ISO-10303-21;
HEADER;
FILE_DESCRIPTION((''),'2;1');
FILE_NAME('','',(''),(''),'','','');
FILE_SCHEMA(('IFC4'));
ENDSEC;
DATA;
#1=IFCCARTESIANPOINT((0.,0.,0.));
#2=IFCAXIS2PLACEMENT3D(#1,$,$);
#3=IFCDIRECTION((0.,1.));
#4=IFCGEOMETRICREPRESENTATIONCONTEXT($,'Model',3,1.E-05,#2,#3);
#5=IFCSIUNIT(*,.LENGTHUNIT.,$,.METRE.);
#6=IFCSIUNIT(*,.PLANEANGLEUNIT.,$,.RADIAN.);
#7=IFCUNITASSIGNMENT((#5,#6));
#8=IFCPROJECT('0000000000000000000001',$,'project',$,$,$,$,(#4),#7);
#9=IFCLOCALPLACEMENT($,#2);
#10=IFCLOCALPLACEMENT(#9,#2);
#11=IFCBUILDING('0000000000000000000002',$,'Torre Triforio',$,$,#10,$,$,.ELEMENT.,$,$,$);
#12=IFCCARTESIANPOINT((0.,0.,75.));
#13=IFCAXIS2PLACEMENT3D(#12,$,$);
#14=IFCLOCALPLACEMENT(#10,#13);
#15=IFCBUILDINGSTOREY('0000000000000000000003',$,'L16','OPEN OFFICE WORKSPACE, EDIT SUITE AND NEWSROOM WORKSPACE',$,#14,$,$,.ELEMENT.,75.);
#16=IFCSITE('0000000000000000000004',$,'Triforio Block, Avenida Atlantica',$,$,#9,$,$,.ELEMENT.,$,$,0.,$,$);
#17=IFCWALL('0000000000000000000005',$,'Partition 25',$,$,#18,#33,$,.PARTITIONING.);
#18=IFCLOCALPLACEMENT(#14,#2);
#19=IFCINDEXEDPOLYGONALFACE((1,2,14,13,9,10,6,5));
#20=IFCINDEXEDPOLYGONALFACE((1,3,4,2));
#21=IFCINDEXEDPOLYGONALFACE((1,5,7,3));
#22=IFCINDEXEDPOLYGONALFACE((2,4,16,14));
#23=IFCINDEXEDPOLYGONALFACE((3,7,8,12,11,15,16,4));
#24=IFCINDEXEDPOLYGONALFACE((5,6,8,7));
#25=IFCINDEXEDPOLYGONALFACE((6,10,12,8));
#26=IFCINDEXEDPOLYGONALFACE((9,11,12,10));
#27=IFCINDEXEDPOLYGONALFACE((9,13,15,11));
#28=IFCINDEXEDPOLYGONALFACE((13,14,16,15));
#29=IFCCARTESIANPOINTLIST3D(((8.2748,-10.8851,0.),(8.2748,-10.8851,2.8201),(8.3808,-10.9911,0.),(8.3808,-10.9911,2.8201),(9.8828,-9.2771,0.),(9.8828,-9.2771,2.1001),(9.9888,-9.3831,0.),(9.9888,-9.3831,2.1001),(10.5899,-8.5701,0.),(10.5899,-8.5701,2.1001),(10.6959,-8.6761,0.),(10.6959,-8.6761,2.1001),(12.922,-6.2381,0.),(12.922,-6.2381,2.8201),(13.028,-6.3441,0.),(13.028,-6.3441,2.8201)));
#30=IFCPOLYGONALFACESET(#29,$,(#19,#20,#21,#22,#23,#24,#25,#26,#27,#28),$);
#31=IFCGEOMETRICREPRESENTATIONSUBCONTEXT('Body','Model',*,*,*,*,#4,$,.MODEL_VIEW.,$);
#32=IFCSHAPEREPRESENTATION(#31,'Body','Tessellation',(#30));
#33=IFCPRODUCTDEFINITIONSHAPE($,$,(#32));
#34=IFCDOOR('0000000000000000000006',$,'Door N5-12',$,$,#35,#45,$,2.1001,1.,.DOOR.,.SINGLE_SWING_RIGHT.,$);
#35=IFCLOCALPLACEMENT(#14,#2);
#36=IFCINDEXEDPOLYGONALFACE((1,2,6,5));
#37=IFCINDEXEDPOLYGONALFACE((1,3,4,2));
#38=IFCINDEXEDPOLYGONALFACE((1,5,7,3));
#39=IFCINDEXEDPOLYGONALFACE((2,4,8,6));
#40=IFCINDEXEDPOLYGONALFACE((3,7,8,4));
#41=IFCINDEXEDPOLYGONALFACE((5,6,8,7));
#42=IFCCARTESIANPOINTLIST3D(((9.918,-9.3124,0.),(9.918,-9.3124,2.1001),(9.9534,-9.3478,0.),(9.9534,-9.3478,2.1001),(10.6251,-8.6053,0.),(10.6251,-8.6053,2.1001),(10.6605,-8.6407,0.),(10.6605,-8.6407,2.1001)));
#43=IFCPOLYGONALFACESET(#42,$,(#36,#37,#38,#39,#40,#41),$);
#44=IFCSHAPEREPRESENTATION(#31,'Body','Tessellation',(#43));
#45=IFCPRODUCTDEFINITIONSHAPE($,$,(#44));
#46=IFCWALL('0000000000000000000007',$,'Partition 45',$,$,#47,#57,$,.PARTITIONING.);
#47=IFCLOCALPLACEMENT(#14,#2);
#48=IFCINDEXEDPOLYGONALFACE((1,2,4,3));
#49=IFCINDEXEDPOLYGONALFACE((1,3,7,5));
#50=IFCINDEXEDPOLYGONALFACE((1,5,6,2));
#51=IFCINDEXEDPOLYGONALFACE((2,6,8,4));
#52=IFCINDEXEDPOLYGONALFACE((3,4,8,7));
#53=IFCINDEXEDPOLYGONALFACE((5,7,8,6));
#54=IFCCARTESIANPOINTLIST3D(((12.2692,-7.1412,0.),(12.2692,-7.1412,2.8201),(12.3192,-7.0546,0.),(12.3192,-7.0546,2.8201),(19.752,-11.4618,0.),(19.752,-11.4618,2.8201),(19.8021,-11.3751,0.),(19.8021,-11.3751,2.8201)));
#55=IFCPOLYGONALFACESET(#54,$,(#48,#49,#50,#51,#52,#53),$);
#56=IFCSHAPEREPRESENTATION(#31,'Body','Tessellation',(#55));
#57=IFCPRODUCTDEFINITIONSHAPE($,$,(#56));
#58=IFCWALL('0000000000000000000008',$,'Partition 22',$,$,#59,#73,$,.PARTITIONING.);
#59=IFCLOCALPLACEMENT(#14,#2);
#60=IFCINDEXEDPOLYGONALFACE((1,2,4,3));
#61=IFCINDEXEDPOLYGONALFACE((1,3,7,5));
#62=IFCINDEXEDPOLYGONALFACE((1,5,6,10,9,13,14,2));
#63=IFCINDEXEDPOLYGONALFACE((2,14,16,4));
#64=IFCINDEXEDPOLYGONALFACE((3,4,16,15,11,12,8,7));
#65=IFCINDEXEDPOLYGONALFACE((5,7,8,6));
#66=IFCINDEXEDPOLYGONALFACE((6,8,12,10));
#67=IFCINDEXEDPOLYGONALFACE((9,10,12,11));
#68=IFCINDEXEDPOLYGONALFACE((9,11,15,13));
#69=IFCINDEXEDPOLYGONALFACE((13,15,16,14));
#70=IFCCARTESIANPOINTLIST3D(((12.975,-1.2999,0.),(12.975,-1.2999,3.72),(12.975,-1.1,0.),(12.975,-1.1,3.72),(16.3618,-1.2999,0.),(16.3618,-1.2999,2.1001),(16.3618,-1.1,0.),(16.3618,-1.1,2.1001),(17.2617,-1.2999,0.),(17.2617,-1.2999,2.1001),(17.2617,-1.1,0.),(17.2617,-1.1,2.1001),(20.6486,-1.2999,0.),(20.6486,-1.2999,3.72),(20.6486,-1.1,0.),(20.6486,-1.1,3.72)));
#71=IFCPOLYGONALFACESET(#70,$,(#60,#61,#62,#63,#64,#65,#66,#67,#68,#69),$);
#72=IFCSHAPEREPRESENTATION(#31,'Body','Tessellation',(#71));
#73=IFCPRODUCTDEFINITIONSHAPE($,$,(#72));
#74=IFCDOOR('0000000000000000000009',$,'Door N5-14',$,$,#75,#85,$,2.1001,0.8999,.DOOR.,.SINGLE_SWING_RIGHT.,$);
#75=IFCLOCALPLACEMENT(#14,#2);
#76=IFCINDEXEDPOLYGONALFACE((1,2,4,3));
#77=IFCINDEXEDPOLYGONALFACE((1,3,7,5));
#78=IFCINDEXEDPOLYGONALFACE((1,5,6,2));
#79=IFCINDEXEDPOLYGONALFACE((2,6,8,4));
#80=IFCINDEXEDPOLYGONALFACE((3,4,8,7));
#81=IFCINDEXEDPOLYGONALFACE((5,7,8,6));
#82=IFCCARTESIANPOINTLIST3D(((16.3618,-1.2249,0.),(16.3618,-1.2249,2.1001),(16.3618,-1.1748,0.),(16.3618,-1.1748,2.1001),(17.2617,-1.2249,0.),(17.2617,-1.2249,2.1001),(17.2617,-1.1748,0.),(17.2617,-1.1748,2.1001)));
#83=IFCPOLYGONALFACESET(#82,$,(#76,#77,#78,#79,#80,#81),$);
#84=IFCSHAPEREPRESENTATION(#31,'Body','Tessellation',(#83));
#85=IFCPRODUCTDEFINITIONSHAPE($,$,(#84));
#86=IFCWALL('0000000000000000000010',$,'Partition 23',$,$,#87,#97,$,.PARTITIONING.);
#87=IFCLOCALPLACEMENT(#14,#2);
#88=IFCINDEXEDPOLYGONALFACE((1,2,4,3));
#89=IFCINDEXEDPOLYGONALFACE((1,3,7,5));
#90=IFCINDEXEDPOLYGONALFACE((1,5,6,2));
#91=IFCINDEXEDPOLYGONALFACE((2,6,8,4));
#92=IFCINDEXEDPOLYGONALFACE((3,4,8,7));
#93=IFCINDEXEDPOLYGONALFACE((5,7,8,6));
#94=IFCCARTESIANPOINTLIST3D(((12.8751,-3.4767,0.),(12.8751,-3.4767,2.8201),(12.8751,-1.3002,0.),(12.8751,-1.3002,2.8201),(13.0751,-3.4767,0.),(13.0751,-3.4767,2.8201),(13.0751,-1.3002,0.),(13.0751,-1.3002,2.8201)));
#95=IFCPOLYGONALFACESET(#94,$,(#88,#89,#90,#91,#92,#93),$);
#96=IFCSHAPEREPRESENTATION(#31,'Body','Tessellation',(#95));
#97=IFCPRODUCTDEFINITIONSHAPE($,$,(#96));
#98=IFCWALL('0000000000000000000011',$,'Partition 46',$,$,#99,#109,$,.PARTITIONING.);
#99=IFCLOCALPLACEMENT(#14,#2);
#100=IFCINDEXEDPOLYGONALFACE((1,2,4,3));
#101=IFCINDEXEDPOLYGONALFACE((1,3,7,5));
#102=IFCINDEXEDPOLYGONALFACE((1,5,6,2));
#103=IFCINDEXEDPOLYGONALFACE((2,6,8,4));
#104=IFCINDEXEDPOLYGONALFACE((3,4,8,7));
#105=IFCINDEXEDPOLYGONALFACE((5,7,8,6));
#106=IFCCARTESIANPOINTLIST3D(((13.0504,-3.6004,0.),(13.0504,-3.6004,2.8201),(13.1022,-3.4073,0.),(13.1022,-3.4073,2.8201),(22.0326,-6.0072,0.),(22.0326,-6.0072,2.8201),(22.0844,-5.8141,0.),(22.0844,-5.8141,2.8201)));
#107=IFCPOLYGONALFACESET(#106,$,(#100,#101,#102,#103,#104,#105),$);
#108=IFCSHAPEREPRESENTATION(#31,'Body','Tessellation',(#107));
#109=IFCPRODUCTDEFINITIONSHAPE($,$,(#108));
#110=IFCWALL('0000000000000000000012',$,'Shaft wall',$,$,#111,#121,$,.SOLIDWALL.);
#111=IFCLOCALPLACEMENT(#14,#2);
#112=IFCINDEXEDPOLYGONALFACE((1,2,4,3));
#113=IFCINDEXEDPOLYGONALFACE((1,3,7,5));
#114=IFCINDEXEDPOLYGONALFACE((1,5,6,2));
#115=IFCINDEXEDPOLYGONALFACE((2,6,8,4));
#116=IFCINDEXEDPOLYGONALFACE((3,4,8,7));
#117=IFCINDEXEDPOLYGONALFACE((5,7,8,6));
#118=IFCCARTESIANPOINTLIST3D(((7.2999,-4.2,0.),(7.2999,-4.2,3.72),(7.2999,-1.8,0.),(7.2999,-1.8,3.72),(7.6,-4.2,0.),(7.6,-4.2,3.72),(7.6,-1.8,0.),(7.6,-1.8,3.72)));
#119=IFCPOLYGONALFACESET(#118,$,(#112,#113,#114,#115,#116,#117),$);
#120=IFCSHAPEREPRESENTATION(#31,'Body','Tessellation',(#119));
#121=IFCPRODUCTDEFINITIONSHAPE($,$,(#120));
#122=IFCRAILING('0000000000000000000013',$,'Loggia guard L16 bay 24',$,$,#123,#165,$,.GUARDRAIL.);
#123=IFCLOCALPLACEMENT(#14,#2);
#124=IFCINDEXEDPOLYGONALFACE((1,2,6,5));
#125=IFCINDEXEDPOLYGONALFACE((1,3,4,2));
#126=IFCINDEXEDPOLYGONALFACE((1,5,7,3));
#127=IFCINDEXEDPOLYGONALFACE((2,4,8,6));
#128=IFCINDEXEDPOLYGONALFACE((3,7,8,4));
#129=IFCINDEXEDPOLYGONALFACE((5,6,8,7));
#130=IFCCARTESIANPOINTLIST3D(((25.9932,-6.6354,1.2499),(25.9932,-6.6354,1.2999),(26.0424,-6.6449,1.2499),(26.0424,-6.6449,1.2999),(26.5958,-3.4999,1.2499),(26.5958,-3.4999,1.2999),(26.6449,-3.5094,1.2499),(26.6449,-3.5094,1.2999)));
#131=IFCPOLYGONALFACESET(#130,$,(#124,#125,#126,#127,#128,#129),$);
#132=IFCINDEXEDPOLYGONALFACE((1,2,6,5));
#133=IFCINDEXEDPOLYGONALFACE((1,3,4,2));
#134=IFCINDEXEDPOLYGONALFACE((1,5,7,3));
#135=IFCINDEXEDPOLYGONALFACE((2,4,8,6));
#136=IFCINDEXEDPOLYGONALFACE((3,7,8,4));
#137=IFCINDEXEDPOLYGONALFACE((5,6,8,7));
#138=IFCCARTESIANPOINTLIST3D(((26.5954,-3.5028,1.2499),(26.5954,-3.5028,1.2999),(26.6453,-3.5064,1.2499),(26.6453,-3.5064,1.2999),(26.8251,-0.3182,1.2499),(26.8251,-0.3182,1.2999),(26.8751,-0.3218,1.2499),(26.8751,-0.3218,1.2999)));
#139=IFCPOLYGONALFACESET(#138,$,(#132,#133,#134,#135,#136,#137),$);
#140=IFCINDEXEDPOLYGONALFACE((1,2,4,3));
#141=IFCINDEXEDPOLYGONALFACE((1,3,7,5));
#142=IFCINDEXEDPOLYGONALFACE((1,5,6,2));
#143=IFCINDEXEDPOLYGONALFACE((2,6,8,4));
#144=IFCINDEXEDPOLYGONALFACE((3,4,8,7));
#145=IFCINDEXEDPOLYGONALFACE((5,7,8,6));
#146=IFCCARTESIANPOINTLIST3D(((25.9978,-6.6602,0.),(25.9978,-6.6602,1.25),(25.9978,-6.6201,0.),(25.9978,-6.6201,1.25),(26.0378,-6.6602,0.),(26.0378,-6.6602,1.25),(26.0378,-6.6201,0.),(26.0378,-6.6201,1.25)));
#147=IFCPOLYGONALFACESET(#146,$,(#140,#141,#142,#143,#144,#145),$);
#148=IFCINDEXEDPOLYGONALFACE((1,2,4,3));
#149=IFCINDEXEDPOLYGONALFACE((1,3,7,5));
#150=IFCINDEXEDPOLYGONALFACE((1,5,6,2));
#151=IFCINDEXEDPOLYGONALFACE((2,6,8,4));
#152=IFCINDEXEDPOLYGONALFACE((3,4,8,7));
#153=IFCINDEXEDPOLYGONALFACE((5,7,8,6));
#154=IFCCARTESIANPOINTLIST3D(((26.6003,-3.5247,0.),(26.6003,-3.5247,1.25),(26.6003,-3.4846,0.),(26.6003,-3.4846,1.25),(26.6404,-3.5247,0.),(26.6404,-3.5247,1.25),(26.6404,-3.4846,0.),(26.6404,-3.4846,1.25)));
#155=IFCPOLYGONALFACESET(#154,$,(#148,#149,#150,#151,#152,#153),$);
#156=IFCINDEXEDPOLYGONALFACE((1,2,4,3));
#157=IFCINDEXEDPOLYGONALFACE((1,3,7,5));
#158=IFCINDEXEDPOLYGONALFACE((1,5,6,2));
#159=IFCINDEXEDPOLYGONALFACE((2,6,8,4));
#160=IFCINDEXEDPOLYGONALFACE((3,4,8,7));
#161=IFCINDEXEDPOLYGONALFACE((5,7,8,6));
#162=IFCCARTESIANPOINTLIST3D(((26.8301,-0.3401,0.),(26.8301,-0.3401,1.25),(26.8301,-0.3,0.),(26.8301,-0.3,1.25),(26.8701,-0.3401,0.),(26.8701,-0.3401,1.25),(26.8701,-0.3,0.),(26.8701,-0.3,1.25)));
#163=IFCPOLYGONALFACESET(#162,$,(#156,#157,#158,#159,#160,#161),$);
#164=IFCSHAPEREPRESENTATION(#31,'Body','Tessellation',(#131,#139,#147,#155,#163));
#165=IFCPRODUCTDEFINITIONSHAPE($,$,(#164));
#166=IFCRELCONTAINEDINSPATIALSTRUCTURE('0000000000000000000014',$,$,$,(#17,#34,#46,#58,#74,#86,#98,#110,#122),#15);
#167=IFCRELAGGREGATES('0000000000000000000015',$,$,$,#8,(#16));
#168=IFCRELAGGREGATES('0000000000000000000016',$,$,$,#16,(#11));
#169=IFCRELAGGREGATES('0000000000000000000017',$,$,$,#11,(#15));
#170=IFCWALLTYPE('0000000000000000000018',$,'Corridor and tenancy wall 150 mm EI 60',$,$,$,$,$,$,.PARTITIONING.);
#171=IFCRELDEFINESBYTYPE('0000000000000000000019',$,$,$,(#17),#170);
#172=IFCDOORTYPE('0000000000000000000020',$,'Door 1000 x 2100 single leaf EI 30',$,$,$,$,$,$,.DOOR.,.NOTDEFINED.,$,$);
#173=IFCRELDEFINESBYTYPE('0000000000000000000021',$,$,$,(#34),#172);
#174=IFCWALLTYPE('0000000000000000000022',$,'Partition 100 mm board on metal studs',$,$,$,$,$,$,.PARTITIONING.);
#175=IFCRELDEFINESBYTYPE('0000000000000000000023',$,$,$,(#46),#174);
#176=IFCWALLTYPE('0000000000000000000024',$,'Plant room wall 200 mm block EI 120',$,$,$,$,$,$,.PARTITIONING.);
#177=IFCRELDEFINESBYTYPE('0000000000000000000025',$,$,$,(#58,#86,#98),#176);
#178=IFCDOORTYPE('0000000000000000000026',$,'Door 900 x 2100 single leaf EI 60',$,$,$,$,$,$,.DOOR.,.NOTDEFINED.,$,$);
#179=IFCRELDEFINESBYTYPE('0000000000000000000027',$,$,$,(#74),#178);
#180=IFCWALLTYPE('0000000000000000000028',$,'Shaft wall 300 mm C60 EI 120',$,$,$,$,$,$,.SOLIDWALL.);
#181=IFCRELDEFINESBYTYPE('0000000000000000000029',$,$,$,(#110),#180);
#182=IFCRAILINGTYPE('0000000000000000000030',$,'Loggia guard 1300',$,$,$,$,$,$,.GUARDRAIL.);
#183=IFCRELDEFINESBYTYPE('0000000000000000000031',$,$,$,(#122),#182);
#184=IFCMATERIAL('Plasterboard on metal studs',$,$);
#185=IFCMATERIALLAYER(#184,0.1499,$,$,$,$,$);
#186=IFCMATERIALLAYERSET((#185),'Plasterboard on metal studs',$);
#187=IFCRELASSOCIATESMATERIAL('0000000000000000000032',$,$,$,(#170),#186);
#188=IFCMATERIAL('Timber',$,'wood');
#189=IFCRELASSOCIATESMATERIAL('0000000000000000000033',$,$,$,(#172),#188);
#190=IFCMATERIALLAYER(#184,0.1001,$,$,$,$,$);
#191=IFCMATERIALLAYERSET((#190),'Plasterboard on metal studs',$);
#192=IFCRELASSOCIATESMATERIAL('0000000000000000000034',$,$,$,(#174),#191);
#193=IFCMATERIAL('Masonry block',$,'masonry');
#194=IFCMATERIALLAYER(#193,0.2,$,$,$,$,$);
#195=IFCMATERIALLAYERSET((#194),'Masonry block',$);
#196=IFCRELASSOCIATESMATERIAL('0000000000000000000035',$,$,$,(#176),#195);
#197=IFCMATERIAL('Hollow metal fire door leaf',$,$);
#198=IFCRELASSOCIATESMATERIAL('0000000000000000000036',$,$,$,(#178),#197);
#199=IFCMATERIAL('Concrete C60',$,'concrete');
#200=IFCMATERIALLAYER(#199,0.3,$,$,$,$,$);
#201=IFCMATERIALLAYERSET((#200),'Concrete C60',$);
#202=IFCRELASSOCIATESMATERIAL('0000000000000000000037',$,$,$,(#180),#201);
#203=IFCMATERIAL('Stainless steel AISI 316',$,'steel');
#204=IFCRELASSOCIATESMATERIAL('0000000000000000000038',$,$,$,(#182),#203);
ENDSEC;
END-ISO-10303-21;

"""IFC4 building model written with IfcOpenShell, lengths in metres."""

from ifc_helpers import new_model, si_unit, direction, frame, frame_2d, origin, origin_2d, place, context, subcontext, project, spatial, rectangle, extrude, material, layer, layer_set, type_object, element, fill, save


model = new_model("IFC4")

# Units and contexts
model_context = context("Model", 3, precision=1e-05, world=origin(), true_north=direction((0.0, 1.0)))
body_context = subcontext(model_context, "Body", "Model", "MODEL_VIEW")
ifc_project = project(units=[si_unit("LENGTHUNIT", "METRE"), si_unit("PLANEANGLEUNIT", "RADIAN")], contexts=[model_context])

# Site, building, storey
site_placement = place(None, origin())
site = spatial("IfcSite", under=ifc_project, at=site_placement, Name="Triforio Block, Avenida Atlantica", CompositionType="ELEMENT", RefElevation=0.0)
building_placement = place(site_placement, origin())
building = spatial("IfcBuilding", under=site, at=building_placement, Name="Torre Triforio", CompositionType="ELEMENT")
storey_placement = place(building_placement, frame((0.0, 0.0, 75.0)))
storey = spatial("IfcBuildingStorey", under=building, at=storey_placement, Name="L16", Description="OPEN OFFICE WORKSPACE, EDIT SUITE AND NEWSROOM WORKSPACE", CompositionType="ELEMENT", Elevation=75.0)

# Wall, opening, door
ifc_material_1 = material(Name="Concrete C60", Category="concrete")
ifc_material_2 = material(Name="Hollow metal fire door leaf")
ifc_material_3 = material(Name="Plasterboard on metal studs")
ifc_layer_1 = layer(ifc_material_3, 0.1499)
ifc_layer_set_1 = layer_set([ifc_layer_1], Name="Plasterboard on metal studs")
wall_type_1 = type_object("IfcWallType", Name="Corridor and tenancy wall 150 mm EI 60", PredefinedType="PARTITIONING", material=ifc_layer_set_1)
ifc_material_4 = material(Name="Timber", Category="wood")
wall_1_placement = place(storey_placement, frame((12.9751, -6.291, 0.0), z_axis=(0.0, 0.0, 1.0), x_axis=(-0.707125, -0.707088, 0.0)))
wall_1 = element("IfcWall", 1, at=wall_1_placement, inside=storey, type_object=wall_type_1, Name="Partition 25", PredefinedType="PARTITIONING", context=body_context, shape_type="SweptSolid", body=[
    extrude(rectangle(XDim=6.572, YDim=0.1499, at=frame_2d((3.2861, 0.0))), origin(), (0.0, 0.0, 1.0), 2.8201),
])
opening_1_placement = place(wall_1_placement, frame((3.2981, 0.0, 0.0)))
opening_1 = element("IfcOpeningElement", 2, at=opening_1_placement, cuts=wall_1, PredefinedType="OPENING", context=body_context, shape_type="SweptSolid", body=[
    extrude(rectangle(XDim=1.0, YDim=2.1001, at=frame_2d((0.5, 1.05))), frame((0.0, 0.085, 0.0), z_axis=(0.0, -1.0, 0.0), x_axis=(1.0, 0.0, 0.0)), (0.0, 0.0, 1.0), 0.1699),
])
door_type_1 = type_object("IfcDoorType", Name="Door 1000 x 2100 single leaf EI 30", OperationType="NOTDEFINED", PredefinedType="DOOR", material=ifc_material_4)
door_1_placement = place(opening_1_placement, origin())
door_1 = element("IfcDoor", 3, at=door_1_placement, inside=storey, type_object=door_type_1, Name="Door N5-12", OperationType="SINGLE_SWING_RIGHT", OverallHeight=2.1001, OverallWidth=1.0, PredefinedType="DOOR", context=body_context, shape_type="SweptSolid", body=[
    extrude(rectangle(XDim=1.0, YDim=2.1001, at=frame_2d((0.5, 1.05))), frame((0.0, 0.0249, 0.0), z_axis=(0.0, -1.0, 0.0), x_axis=(1.0, 0.0, 0.0)), (0.0, 0.0, 1.0), 0.05),
])
fill(opening_1, door_1)

# Wall
ifc_layer_2 = layer(ifc_material_3, 0.1001)
ifc_layer_set_2 = layer_set([ifc_layer_2], Name="Plasterboard on metal studs")
wall_type_2 = type_object("IfcWallType", Name="Partition 100 mm board on metal studs", PredefinedType="PARTITIONING", material=ifc_layer_set_2)
wall_2_placement = place(storey_placement, frame((12.2942, -7.0979, 0.0), z_axis=(0.0, 0.0, 1.0), x_axis=(0.866011, -0.500026, 0.0)))
element("IfcWall", 4, at=wall_2_placement, inside=storey, type_object=wall_type_2, Name="Partition 45", PredefinedType="PARTITIONING", context=body_context, shape_type="SweptSolid", body=[
    extrude(rectangle(XDim=8.6406, YDim=0.1001, at=frame_2d((4.3203, 0.0))), origin(), (0.0, 0.0, 1.0), 2.8201),
])

# Wall, opening, door
ifc_material_5 = material(Name="Masonry block", Category="masonry")
ifc_layer_3 = layer(ifc_material_5, 0.2)
ifc_layer_set_3 = layer_set([ifc_layer_3], Name="Masonry block")
wall_type_3 = type_object("IfcWallType", Name="Plant room wall 200 mm block EI 120", PredefinedType="PARTITIONING", material=ifc_layer_set_3)
wall_3_placement = place(storey_placement, frame((20.6487, -1.2, 0.0), z_axis=(0.0, 0.0, 1.0), x_axis=(-1.0, 0.0, 0.0)))
wall_3 = element("IfcWall", 5, at=wall_3_placement, inside=storey, type_object=wall_type_3, Name="Partition 22", PredefinedType="PARTITIONING", context=body_context, shape_type="SweptSolid", body=[
    extrude(rectangle(XDim=7.6736, YDim=0.2, at=frame_2d((3.8369, 0.0))), origin(), (0.0, 0.0, 1.0), 3.72),
])
opening_2_placement = place(wall_3_placement, frame((3.387, 0.0, 0.0)))
opening_2 = element("IfcOpeningElement", 6, at=opening_2_placement, cuts=wall_3, PredefinedType="OPENING", context=body_context, shape_type="SweptSolid", body=[
    extrude(rectangle(XDim=0.8999, YDim=2.1001, at=frame_2d((0.45, 1.05))), frame((0.0, 0.1099, 0.0), z_axis=(0.0, -1.0, 0.0), x_axis=(1.0, 0.0, 0.0)), (0.0, 0.0, 1.0), 0.22),
])
door_type_2 = type_object("IfcDoorType", Name="Door 900 x 2100 single leaf EI 60", OperationType="NOTDEFINED", PredefinedType="DOOR", material=ifc_material_2)
door_2_placement = place(opening_2_placement, origin())
door_2 = element("IfcDoor", 7, at=door_2_placement, inside=storey, type_object=door_type_2, Name="Door N5-14", OperationType="SINGLE_SWING_RIGHT", OverallHeight=2.1001, OverallWidth=0.8999, PredefinedType="DOOR", context=body_context, shape_type="SweptSolid", body=[
    extrude(rectangle(XDim=0.8999, YDim=2.1001, at=frame_2d((0.45, 1.05))), frame((0.0, 0.0249, 0.0), z_axis=(0.0, -1.0, 0.0), x_axis=(1.0, 0.0, 0.0)), (0.0, 0.0, 1.0), 0.05),
])
fill(opening_2, door_2)

# Walls
wall_4_placement = place(storey_placement, frame((12.9751, -1.3, 0.0), z_axis=(0.0, 0.0, 1.0), x_axis=(0.0, -1.0, 0.0)))
element("IfcWall", 8, at=wall_4_placement, inside=storey, type_object=wall_type_3, Name="Partition 23", PredefinedType="PARTITIONING", context=body_context, shape_type="SweptSolid", body=[
    extrude(rectangle(XDim=2.1765, YDim=0.2, at=frame_2d((1.0884, 0.0))), origin(), (0.0, 0.0, 1.0), 2.8201),
])
wall_5_placement = place(storey_placement, frame((13.0764, -3.5039, 0.0), z_axis=(0.0, 0.0, 1.0), x_axis=(0.965927, -0.258816, 0.0)))
element("IfcWall", 9, at=wall_5_placement, inside=storey, type_object=wall_type_3, Name="Partition 46", PredefinedType="PARTITIONING", context=body_context, shape_type="SweptSolid", body=[
    extrude(rectangle(XDim=9.2991, YDim=0.2, at=frame_2d((4.6494, 0.0))), origin(), (0.0, 0.0, 1.0), 2.8201),
])
ifc_layer_4 = layer(ifc_material_1, 0.3)
ifc_layer_set_4 = layer_set([ifc_layer_4], Name="Concrete C60")
wall_type_4 = type_object("IfcWallType", Name="Shaft wall 300 mm C60 EI 120", PredefinedType="SOLIDWALL", material=ifc_layer_set_4)
wall_6_placement = place(storey_placement, frame((7.45, -4.2, 0.0), z_axis=(0.0, 0.0, 1.0), x_axis=(0.0, 1.0, 0.0)))
element("IfcWall", 10, at=wall_6_placement, inside=storey, type_object=wall_type_4, Name="Shaft wall", PredefinedType="SOLIDWALL", context=body_context, shape_type="SweptSolid", body=[
    extrude(rectangle(XDim=2.3999, YDim=0.3, at=frame_2d((1.2, 0.0))), origin(), (0.0, 0.0, 1.0), 3.72),
])

# Railing
ifc_material_6 = material(Name="Stainless steel AISI 316", Category="steel")
railing_type = type_object("IfcRailingType", Name="Loggia guard 1300", PredefinedType="GUARDRAIL", material=ifc_material_6)
railing_placement = place(storey_placement, frame((26.0178, -6.6401, 0.0)))
element("IfcRailing", 11, at=railing_placement, inside=storey, type_object=railing_type, Name="Loggia guard L16 bay 24", PredefinedType="GUARDRAIL", context=body_context, shape_type="SweptSolid", body=[
    extrude(rectangle(XDim=0.05, YDim=0.05, at=origin_2d()), frame((0.0, 0.0, 1.2749), z_axis=(0.188714, 0.982032, 0.0), x_axis=(-0.982032, 0.188714, 0.0)), (0.0, 0.0, 1.0), 3.1929),
    extrude(rectangle(XDim=0.05, YDim=0.05, at=origin_2d()), frame((0.6025, 3.1355, 1.2749), z_axis=(0.071953, 0.997408, 0.0), x_axis=(-0.997408, 0.071953, 0.0)), (0.0, 0.0, 1.0), 3.1929),
    extrude(rectangle(XDim=0.04, YDim=0.04, at=origin_2d()), origin(), (0.0, 0.0, 1.0), 1.25),
    extrude(rectangle(XDim=0.04, YDim=0.04, at=origin_2d()), frame((0.6025, 3.1355, 0.0)), (0.0, 0.0, 1.0), 1.25),
    extrude(rectangle(XDim=0.04, YDim=0.04, at=origin_2d()), frame((0.8323, 6.3201, 0.0)), (0.0, 0.0, 1.0), 1.25),
])

save(model, "model.ifc")
